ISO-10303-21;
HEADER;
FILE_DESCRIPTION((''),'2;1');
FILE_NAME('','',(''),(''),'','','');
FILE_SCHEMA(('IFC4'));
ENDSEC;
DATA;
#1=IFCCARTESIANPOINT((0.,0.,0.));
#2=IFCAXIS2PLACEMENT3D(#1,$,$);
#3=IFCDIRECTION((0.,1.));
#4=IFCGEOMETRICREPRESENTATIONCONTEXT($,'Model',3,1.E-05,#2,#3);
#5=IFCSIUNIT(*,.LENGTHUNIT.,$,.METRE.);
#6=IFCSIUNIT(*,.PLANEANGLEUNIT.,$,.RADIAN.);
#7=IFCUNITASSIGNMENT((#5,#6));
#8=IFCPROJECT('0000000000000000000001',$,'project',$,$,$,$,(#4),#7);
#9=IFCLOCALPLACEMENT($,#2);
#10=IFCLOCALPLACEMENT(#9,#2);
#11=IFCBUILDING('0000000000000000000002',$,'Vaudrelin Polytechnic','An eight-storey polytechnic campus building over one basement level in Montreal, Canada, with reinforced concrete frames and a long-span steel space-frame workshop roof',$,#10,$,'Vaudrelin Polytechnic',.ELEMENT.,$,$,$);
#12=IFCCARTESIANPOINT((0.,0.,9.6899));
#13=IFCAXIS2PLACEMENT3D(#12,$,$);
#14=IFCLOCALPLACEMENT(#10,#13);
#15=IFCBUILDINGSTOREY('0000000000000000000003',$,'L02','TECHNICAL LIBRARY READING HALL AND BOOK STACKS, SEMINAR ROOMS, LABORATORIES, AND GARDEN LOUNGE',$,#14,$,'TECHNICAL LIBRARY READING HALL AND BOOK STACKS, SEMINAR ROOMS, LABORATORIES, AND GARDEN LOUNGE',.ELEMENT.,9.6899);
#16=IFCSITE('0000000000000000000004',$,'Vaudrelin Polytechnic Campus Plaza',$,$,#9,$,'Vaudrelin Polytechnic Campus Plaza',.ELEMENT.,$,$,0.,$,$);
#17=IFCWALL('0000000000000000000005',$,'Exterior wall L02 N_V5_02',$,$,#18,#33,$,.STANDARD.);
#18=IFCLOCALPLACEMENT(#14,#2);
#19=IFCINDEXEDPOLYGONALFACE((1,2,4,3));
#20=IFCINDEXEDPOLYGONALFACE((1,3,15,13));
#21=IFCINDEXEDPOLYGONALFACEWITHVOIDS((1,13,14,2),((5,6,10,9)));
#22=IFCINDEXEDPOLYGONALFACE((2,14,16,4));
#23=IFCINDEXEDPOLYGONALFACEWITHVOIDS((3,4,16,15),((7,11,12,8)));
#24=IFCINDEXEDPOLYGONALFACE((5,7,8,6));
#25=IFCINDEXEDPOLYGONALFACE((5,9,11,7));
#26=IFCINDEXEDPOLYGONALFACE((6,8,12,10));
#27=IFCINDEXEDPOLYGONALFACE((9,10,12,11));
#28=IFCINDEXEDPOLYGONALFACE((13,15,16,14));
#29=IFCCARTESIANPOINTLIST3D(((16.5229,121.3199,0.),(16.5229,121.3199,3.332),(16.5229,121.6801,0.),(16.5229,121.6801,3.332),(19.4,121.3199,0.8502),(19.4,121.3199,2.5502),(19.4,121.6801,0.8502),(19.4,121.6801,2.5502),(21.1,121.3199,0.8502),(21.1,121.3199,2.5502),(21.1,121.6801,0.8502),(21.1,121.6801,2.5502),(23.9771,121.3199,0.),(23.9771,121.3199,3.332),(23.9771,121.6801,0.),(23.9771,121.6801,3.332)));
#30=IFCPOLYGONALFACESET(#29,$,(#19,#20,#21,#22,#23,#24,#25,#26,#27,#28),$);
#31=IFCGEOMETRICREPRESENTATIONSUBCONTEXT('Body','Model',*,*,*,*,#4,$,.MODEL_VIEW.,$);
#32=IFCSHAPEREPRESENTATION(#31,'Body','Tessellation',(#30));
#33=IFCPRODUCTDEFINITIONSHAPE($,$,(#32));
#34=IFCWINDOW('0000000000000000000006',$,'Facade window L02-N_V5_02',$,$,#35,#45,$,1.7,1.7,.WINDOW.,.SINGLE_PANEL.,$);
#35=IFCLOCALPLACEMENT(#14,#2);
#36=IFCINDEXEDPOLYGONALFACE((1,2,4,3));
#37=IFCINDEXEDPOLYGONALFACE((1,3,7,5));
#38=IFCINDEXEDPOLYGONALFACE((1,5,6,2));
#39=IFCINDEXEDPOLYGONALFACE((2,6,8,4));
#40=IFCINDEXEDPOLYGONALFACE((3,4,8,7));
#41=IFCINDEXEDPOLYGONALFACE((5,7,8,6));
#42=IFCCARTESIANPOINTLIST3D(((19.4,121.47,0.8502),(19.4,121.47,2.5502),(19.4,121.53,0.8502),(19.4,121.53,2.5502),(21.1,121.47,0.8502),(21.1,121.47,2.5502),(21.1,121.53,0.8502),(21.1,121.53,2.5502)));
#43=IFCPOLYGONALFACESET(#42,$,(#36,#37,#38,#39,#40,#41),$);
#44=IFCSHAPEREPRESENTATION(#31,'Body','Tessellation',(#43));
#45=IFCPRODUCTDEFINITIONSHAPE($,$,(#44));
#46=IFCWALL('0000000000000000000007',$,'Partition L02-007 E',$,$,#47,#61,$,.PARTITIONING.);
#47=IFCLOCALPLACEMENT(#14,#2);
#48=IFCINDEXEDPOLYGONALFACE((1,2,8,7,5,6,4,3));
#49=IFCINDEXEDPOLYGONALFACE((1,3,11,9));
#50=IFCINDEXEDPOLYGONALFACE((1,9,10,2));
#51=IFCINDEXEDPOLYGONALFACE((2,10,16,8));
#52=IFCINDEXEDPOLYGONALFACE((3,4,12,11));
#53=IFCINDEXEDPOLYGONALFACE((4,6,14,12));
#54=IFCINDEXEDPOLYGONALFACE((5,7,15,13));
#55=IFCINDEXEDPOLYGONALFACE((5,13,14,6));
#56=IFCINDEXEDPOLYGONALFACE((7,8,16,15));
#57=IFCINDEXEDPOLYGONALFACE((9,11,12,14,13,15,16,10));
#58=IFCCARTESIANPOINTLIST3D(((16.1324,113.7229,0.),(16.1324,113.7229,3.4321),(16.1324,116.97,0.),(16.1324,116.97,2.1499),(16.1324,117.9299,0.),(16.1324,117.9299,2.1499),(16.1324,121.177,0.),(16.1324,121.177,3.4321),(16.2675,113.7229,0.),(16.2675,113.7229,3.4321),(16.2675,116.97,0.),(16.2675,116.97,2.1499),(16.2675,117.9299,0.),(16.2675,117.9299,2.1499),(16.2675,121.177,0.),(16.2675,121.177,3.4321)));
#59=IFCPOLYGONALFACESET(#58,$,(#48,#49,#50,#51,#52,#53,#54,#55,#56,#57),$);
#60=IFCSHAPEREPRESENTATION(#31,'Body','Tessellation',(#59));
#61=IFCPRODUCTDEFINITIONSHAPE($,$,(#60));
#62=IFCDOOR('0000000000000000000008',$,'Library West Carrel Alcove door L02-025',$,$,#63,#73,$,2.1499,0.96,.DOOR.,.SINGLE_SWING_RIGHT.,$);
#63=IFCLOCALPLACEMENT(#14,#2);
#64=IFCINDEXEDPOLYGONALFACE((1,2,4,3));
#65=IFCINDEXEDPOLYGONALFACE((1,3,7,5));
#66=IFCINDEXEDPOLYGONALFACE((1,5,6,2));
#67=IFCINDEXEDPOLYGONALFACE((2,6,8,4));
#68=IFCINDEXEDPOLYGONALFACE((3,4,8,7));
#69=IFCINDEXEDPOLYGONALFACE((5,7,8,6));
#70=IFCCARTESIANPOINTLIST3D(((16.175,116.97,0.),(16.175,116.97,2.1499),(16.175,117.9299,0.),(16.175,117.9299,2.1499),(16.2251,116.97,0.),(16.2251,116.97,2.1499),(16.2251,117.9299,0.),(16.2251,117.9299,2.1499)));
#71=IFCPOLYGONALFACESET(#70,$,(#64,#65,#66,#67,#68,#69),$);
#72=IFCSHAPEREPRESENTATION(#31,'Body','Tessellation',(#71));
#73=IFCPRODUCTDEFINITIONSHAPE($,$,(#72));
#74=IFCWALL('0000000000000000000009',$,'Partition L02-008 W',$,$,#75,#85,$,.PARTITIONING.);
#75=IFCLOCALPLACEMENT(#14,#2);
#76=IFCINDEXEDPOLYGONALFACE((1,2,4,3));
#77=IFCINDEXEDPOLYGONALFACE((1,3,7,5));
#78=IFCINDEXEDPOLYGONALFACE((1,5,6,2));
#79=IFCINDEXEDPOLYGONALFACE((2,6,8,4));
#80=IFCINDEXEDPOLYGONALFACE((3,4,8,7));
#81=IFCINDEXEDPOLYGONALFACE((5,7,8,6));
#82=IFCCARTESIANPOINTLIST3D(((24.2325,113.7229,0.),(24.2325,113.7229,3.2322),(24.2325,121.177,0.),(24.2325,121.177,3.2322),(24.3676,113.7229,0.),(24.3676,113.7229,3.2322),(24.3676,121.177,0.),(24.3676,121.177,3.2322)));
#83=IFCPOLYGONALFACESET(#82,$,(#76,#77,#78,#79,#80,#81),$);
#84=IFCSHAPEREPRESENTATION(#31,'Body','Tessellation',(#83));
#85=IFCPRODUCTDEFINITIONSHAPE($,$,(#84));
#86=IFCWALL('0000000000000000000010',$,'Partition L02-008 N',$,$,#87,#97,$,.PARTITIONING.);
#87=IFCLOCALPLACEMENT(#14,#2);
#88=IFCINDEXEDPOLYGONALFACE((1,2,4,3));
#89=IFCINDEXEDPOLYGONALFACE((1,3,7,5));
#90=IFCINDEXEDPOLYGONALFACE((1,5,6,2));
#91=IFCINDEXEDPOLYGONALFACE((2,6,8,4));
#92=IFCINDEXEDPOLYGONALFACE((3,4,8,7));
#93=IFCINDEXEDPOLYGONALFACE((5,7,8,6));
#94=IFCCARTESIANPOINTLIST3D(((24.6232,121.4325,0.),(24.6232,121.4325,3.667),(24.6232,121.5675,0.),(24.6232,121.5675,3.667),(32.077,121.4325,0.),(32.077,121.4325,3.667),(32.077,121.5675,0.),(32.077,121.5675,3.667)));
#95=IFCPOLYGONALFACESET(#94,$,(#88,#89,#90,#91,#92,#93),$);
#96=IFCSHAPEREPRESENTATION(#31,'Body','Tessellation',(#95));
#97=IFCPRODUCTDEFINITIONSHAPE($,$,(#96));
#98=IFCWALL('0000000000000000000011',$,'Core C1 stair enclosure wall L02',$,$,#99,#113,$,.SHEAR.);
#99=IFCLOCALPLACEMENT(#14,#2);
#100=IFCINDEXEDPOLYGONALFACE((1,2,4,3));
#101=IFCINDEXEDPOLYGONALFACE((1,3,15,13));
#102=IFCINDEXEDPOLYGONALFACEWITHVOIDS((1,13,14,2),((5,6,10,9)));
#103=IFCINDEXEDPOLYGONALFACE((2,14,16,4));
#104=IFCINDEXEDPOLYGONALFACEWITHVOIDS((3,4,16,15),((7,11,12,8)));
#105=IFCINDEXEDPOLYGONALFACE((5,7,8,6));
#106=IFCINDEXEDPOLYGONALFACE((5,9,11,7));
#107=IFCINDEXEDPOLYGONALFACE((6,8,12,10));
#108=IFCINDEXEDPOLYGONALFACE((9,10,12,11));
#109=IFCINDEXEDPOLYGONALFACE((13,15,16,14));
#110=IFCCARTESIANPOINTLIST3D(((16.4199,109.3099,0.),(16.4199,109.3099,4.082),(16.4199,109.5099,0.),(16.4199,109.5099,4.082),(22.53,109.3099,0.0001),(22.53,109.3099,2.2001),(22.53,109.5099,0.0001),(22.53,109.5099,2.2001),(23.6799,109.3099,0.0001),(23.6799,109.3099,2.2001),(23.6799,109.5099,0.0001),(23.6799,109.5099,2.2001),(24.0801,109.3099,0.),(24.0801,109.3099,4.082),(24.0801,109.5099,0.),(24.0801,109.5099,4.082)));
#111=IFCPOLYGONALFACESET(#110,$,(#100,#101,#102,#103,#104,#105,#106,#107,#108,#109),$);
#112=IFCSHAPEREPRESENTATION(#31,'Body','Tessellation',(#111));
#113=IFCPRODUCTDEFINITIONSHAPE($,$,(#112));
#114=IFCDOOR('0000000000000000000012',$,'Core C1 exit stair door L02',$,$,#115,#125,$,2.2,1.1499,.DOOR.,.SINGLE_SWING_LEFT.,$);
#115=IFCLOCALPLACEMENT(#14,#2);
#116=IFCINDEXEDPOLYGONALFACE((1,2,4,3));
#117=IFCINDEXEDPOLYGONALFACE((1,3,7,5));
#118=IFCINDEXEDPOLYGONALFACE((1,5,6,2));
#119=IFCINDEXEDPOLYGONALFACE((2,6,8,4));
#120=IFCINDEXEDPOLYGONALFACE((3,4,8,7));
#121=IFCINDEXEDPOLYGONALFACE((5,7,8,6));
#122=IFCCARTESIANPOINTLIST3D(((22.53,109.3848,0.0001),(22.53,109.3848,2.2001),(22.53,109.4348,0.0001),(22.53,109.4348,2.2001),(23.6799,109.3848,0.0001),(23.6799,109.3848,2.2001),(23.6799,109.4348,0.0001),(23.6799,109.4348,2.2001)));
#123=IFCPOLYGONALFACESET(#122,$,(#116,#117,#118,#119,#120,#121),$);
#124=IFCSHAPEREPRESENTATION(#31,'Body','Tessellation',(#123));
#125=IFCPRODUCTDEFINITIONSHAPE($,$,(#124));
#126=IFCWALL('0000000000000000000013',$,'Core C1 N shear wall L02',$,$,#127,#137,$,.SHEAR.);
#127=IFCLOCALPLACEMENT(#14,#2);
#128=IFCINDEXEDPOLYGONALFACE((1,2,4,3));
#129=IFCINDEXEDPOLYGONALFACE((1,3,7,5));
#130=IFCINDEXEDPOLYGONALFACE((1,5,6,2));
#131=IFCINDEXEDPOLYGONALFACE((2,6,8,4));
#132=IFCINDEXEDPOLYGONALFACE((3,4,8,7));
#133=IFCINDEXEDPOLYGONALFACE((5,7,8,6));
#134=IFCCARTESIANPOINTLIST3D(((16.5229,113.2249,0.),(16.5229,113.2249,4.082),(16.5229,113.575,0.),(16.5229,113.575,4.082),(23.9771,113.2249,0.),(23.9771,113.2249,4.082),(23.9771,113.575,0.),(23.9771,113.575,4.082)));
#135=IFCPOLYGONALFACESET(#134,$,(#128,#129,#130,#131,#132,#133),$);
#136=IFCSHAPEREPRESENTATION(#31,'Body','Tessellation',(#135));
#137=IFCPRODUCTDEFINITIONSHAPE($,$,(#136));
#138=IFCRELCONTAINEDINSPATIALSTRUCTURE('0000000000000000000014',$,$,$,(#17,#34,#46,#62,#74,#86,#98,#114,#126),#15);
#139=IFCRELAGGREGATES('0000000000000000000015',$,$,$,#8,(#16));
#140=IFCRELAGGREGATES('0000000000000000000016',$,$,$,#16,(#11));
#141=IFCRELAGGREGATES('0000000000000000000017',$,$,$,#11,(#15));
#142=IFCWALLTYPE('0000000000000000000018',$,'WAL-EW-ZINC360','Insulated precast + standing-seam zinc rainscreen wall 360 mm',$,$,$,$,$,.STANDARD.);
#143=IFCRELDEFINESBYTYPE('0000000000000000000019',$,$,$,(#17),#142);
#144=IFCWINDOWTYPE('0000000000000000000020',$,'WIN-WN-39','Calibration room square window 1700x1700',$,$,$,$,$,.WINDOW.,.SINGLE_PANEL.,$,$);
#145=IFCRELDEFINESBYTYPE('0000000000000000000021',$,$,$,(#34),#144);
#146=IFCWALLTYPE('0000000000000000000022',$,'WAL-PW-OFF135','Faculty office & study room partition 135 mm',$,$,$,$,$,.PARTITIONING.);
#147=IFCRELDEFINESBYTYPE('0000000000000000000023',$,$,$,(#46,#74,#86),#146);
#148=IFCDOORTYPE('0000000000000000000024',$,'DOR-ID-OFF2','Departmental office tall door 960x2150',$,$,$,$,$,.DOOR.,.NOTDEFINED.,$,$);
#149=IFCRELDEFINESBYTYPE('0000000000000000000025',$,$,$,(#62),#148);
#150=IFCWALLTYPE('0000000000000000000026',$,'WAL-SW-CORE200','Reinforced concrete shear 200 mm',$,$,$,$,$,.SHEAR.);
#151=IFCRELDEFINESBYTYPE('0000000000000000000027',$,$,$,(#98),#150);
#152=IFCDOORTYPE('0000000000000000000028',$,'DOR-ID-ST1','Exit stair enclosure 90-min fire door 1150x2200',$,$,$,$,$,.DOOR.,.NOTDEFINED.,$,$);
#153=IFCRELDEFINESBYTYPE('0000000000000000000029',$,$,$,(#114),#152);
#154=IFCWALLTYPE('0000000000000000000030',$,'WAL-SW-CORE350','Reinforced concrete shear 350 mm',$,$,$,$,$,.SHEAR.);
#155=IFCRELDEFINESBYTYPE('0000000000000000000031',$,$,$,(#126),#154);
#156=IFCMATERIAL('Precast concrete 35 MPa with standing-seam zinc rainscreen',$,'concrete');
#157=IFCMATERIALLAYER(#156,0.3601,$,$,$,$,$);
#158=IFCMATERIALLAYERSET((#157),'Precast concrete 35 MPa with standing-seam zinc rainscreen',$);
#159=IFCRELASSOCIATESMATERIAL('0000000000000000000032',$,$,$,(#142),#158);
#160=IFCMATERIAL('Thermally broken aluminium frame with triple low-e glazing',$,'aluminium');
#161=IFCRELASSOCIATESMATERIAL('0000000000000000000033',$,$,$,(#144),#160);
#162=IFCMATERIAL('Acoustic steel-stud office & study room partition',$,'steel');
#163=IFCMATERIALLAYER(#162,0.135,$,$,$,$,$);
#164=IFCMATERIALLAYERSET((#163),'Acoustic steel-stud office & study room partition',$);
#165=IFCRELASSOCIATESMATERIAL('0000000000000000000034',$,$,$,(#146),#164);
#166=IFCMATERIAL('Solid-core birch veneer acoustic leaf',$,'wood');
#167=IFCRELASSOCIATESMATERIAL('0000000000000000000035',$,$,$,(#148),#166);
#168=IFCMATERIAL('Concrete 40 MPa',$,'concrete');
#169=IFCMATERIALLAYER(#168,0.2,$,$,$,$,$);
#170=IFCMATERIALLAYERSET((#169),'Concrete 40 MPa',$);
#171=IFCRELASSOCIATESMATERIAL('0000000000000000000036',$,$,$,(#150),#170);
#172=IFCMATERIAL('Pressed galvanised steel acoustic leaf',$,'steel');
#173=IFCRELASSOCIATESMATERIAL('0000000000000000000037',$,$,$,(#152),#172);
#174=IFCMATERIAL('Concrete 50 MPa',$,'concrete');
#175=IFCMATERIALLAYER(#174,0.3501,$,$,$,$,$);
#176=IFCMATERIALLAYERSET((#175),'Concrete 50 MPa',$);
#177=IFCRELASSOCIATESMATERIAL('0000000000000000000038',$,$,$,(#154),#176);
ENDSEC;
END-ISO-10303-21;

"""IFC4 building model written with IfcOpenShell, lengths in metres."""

from ifc_helpers import new_model, si_unit, direction, frame, frame_2d, origin, place, context, subcontext, project, spatial, rectangle, extrude, material, layer, layer_set, type_object, element, fill, save


model = new_model("IFC4")

# Units and contexts
model_context = context("Model", 3, precision=1e-05, world=origin(), true_north=direction((0.0, 1.0)))
body_context = subcontext(model_context, "Body", "Model", "MODEL_VIEW")
ifc_project = project(units=[si_unit("LENGTHUNIT", "METRE"), si_unit("PLANEANGLEUNIT", "RADIAN")], contexts=[model_context])

# Site, building, storey
site_placement = place(None, origin())
site = spatial("IfcSite", under=ifc_project, at=site_placement, Name="Vaudrelin Polytechnic Campus Plaza", LongName="Vaudrelin Polytechnic Campus Plaza", CompositionType="ELEMENT", RefElevation=0.0)
building_placement = place(site_placement, origin())
building = spatial("IfcBuilding", under=site, at=building_placement, Name="Vaudrelin Polytechnic", Description="An eight-storey polytechnic campus building over one basement level in Montreal, Canada, with reinforced concrete frames and a long-span steel space-frame workshop roof", LongName="Vaudrelin Polytechnic", CompositionType="ELEMENT")
storey_placement = place(building_placement, frame((0.0, 0.0, 9.6899)))
storey = spatial("IfcBuildingStorey", under=building, at=storey_placement, Name="L02", Description="TECHNICAL LIBRARY READING HALL AND BOOK STACKS, SEMINAR ROOMS, LABORATORIES, AND GARDEN LOUNGE", LongName="TECHNICAL LIBRARY READING HALL AND BOOK STACKS, SEMINAR ROOMS, LABORATORIES, AND GARDEN LOUNGE", CompositionType="ELEMENT", Elevation=9.6899)

# Shared definitions
ifc_material_1 = material(Name="Concrete 40 MPa", Category="concrete")

# Shared definitions
ifc_material_2 = material(Name="Concrete 50 MPa", Category="concrete")

# Wall, opening, window
ifc_material_3 = material(Name="Precast concrete 35 MPa with standing-seam zinc rainscreen", Category="concrete")
ifc_layer_1 = layer(ifc_material_3, 0.3601)
ifc_layer_set_1 = layer_set([ifc_layer_1], Name="Precast concrete 35 MPa with standing-seam zinc rainscreen")
wall_type_1 = type_object("IfcWallType", Name="WAL-EW-ZINC360", Description="Insulated precast + standing-seam zinc rainscreen wall 360 mm", PredefinedType="STANDARD", material=ifc_layer_set_1)
ifc_material_4 = material(Name="Thermally broken aluminium frame with triple low-e glazing", Category="aluminium")
wall_1_placement = place(storey_placement, frame((16.5229, 121.5, 0.0), z_axis=(0.0, 0.0, 1.0), x_axis=(1.0, 0.0, 0.0)))
wall_1 = element("IfcWall", 1, at=wall_1_placement, inside=storey, type_object=wall_type_1, Name="Exterior wall L02 N_V5_02", PredefinedType="STANDARD", context=body_context, shape_type="SweptSolid", body=[
    extrude(rectangle(XDim=7.4541, YDim=0.3601, at=frame_2d((3.7271, 0.0))), origin(), (0.0, 0.0, 1.0), 3.332),
])
opening_1_placement = place(wall_1_placement, frame((2.877, 0.0, 0.8501)))
opening_1 = element("IfcOpeningElement", 2, at=opening_1_placement, cuts=wall_1, PredefinedType="OPENING", context=body_context, shape_type="SweptSolid", body=[
    extrude(rectangle(XDim=1.7, YDim=1.7, at=frame_2d((0.8501, 0.8501))), frame((0.0, 0.1899, 0.0), z_axis=(0.0, -1.0, 0.0), x_axis=(1.0, 0.0, 0.0)), (0.0, 0.0, 1.0), 0.3801),
])
window_type_1 = type_object("IfcWindowType", Name="WIN-WN-39", Description="Calibration room square window 1700x1700", PartitioningType="SINGLE_PANEL", PredefinedType="WINDOW", material=ifc_material_4)
window_1_placement = place(opening_1_placement, origin())
window_1 = element("IfcWindow", 3, at=window_1_placement, inside=storey, type_object=window_type_1, Name="Facade window L02-N_V5_02", OverallHeight=1.7, OverallWidth=1.7, PartitioningType="SINGLE_PANEL", PredefinedType="WINDOW", context=body_context, shape_type="SweptSolid", body=[
    extrude(rectangle(XDim=1.7, YDim=1.7, at=frame_2d((0.8501, 0.8501))), frame((0.0, 0.03, 0.0), z_axis=(0.0, -1.0, 0.0), x_axis=(1.0, 0.0, 0.0)), (0.0, 0.0, 1.0), 0.0601),
])
fill(opening_1, window_1)

# Wall, opening, door
ifc_material_5 = material(Name="Acoustic steel-stud office & study room partition", Category="steel")
ifc_layer_2 = layer(ifc_material_5, 0.135)
ifc_layer_set_2 = layer_set([ifc_layer_2], Name="Acoustic steel-stud office & study room partition")
wall_type_2 = type_object("IfcWallType", Name="WAL-PW-OFF135", Description="Faculty office & study room partition 135 mm", PredefinedType="PARTITIONING", material=ifc_layer_set_2)
wall_2_placement = place(storey_placement, frame((16.2, 113.7229, 0.0), z_axis=(0.0, 0.0, 1.0), x_axis=(0.0, 1.0, 0.0)))
wall_2 = element("IfcWall", 4, at=wall_2_placement, inside=storey, type_object=wall_type_2, Name="Partition L02-007 E", PredefinedType="PARTITIONING", context=body_context, shape_type="SweptSolid", body=[
    extrude(rectangle(XDim=7.4541, YDim=0.135, at=frame_2d((3.7271, 0.0))), origin(), (0.0, 0.0, 1.0), 3.4321),
])
opening_2_placement = place(wall_2_placement, frame((3.2471, 0.0, 0.0)))
opening_2 = element("IfcOpeningElement", 5, at=opening_2_placement, cuts=wall_2, PredefinedType="OPENING", context=body_context, shape_type="SweptSolid", body=[
    extrude(rectangle(XDim=0.96, YDim=2.1499, at=frame_2d((0.48, 1.075))), frame((0.0, 0.0776, 0.0), z_axis=(0.0, -1.0, 0.0), x_axis=(1.0, 0.0, 0.0)), (0.0, 0.0, 1.0), 0.155),
])
ifc_material_6 = material(Name="Solid-core birch veneer acoustic leaf", Category="wood")
door_type_1 = type_object("IfcDoorType", Name="DOR-ID-OFF2", Description="Departmental office tall door 960x2150", OperationType="NOTDEFINED", PredefinedType="DOOR", material=ifc_material_6)
door_1_placement = place(opening_2_placement, origin())
door_1 = element("IfcDoor", 6, at=door_1_placement, inside=storey, type_object=door_type_1, Name="Library West Carrel Alcove door L02-025", OperationType="SINGLE_SWING_RIGHT", OverallHeight=2.1499, OverallWidth=0.96, PredefinedType="DOOR", context=body_context, shape_type="SweptSolid", body=[
    extrude(rectangle(XDim=0.96, YDim=2.1499, at=frame_2d((0.48, 1.075))), frame((0.0, 0.0249, 0.0), z_axis=(0.0, -1.0, 0.0), x_axis=(1.0, 0.0, 0.0)), (0.0, 0.0, 1.0), 0.05),
])
fill(opening_2, door_1)

# Walls
wall_3_placement = place(storey_placement, frame((24.3, 113.7229, 0.0), z_axis=(0.0, 0.0, 1.0), x_axis=(0.0, 1.0, 0.0)))
element("IfcWall", 7, at=wall_3_placement, inside=storey, type_object=wall_type_2, Name="Partition L02-008 W", PredefinedType="PARTITIONING", context=body_context, shape_type="SweptSolid", body=[
    extrude(rectangle(XDim=7.4541, YDim=0.135, at=frame_2d((3.7271, 0.0))), origin(), (0.0, 0.0, 1.0), 3.2322),
])
wall_4_placement = place(storey_placement, frame((24.623, 121.5, 0.0), z_axis=(0.0, 0.0, 1.0), x_axis=(1.0, 0.0, 0.0)))
element("IfcWall", 8, at=wall_4_placement, inside=storey, type_object=wall_type_2, Name="Partition L02-008 N", PredefinedType="PARTITIONING", context=body_context, shape_type="SweptSolid", body=[
    extrude(rectangle(XDim=7.4539, YDim=0.135, at=frame_2d((3.7271, 0.0))), origin(), (0.0, 0.0, 1.0), 3.667),
])

# Wall, opening, door
ifc_layer_3 = layer(ifc_material_1, 0.2)
ifc_layer_set_3 = layer_set([ifc_layer_3], Name="Concrete 40 MPa")
wall_type_3 = type_object("IfcWallType", Name="WAL-SW-CORE200", Description="Reinforced concrete shear 200 mm", PredefinedType="SHEAR", material=ifc_layer_set_3)
wall_5_placement = place(storey_placement, frame((16.4199, 109.4099, 0.0), z_axis=(0.0, 0.0, 1.0), x_axis=(1.0, 0.0, 0.0)))
wall_5 = element("IfcWall", 9, at=wall_5_placement, inside=storey, type_object=wall_type_3, Name="Core C1 stair enclosure wall L02", PredefinedType="SHEAR", context=body_context, shape_type="SweptSolid", body=[
    extrude(rectangle(XDim=7.6602, YDim=0.2, at=frame_2d((3.8301, 0.0))), origin(), (0.0, 0.0, 1.0), 4.082),
])
opening_3_placement = place(wall_5_placement, frame((6.1101, 0.0, 0.0)))
opening_3 = element("IfcOpeningElement", 10, at=opening_3_placement, cuts=wall_5, PredefinedType="OPENING", context=body_context, shape_type="SweptSolid", body=[
    extrude(rectangle(XDim=1.1499, YDim=2.2, at=frame_2d((0.575, 1.1001))), frame((0.0, 0.1099, 0.0), z_axis=(0.0, -1.0, 0.0), x_axis=(1.0, 0.0, 0.0)), (0.0, 0.0, 1.0), 0.22),
])
ifc_material_7 = material(Name="Pressed galvanised steel acoustic leaf", Category="steel")
door_type_2 = type_object("IfcDoorType", Name="DOR-ID-ST1", Description="Exit stair enclosure 90-min fire door 1150x2200", OperationType="NOTDEFINED", PredefinedType="DOOR", material=ifc_material_7)
door_2_placement = place(opening_3_placement, origin())
door_2 = element("IfcDoor", 11, at=door_2_placement, inside=storey, type_object=door_type_2, Name="Core C1 exit stair door L02", OperationType="SINGLE_SWING_LEFT", OverallHeight=2.2, OverallWidth=1.1499, PredefinedType="DOOR", context=body_context, shape_type="SweptSolid", body=[
    extrude(rectangle(XDim=1.1499, YDim=2.2, at=frame_2d((0.575, 1.1001))), frame((0.0, 0.0249, 0.0), z_axis=(0.0, -1.0, 0.0), x_axis=(1.0, 0.0, 0.0)), (0.0, 0.0, 1.0), 0.05),
])
fill(opening_3, door_2)

# Wall
ifc_layer_4 = layer(ifc_material_2, 0.3501)
ifc_layer_set_4 = layer_set([ifc_layer_4], Name="Concrete 50 MPa")
wall_type_4 = type_object("IfcWallType", Name="WAL-SW-CORE350", Description="Reinforced concrete shear 350 mm", PredefinedType="SHEAR", material=ifc_layer_set_4)
wall_6_placement = place(storey_placement, frame((16.5229, 113.3999, 0.0), z_axis=(0.0, 0.0, 1.0), x_axis=(1.0, 0.0, 0.0)))
element("IfcWall", 12, at=wall_6_placement, inside=storey, type_object=wall_type_4, Name="Core C1 N shear wall L02", PredefinedType="SHEAR", context=body_context, shape_type="SweptSolid", body=[
    extrude(rectangle(XDim=7.4541, YDim=0.3501, at=frame_2d((3.7271, 0.0))), origin(), (0.0, 0.0, 1.0), 4.082),
])

save(model, "model.ifc")
